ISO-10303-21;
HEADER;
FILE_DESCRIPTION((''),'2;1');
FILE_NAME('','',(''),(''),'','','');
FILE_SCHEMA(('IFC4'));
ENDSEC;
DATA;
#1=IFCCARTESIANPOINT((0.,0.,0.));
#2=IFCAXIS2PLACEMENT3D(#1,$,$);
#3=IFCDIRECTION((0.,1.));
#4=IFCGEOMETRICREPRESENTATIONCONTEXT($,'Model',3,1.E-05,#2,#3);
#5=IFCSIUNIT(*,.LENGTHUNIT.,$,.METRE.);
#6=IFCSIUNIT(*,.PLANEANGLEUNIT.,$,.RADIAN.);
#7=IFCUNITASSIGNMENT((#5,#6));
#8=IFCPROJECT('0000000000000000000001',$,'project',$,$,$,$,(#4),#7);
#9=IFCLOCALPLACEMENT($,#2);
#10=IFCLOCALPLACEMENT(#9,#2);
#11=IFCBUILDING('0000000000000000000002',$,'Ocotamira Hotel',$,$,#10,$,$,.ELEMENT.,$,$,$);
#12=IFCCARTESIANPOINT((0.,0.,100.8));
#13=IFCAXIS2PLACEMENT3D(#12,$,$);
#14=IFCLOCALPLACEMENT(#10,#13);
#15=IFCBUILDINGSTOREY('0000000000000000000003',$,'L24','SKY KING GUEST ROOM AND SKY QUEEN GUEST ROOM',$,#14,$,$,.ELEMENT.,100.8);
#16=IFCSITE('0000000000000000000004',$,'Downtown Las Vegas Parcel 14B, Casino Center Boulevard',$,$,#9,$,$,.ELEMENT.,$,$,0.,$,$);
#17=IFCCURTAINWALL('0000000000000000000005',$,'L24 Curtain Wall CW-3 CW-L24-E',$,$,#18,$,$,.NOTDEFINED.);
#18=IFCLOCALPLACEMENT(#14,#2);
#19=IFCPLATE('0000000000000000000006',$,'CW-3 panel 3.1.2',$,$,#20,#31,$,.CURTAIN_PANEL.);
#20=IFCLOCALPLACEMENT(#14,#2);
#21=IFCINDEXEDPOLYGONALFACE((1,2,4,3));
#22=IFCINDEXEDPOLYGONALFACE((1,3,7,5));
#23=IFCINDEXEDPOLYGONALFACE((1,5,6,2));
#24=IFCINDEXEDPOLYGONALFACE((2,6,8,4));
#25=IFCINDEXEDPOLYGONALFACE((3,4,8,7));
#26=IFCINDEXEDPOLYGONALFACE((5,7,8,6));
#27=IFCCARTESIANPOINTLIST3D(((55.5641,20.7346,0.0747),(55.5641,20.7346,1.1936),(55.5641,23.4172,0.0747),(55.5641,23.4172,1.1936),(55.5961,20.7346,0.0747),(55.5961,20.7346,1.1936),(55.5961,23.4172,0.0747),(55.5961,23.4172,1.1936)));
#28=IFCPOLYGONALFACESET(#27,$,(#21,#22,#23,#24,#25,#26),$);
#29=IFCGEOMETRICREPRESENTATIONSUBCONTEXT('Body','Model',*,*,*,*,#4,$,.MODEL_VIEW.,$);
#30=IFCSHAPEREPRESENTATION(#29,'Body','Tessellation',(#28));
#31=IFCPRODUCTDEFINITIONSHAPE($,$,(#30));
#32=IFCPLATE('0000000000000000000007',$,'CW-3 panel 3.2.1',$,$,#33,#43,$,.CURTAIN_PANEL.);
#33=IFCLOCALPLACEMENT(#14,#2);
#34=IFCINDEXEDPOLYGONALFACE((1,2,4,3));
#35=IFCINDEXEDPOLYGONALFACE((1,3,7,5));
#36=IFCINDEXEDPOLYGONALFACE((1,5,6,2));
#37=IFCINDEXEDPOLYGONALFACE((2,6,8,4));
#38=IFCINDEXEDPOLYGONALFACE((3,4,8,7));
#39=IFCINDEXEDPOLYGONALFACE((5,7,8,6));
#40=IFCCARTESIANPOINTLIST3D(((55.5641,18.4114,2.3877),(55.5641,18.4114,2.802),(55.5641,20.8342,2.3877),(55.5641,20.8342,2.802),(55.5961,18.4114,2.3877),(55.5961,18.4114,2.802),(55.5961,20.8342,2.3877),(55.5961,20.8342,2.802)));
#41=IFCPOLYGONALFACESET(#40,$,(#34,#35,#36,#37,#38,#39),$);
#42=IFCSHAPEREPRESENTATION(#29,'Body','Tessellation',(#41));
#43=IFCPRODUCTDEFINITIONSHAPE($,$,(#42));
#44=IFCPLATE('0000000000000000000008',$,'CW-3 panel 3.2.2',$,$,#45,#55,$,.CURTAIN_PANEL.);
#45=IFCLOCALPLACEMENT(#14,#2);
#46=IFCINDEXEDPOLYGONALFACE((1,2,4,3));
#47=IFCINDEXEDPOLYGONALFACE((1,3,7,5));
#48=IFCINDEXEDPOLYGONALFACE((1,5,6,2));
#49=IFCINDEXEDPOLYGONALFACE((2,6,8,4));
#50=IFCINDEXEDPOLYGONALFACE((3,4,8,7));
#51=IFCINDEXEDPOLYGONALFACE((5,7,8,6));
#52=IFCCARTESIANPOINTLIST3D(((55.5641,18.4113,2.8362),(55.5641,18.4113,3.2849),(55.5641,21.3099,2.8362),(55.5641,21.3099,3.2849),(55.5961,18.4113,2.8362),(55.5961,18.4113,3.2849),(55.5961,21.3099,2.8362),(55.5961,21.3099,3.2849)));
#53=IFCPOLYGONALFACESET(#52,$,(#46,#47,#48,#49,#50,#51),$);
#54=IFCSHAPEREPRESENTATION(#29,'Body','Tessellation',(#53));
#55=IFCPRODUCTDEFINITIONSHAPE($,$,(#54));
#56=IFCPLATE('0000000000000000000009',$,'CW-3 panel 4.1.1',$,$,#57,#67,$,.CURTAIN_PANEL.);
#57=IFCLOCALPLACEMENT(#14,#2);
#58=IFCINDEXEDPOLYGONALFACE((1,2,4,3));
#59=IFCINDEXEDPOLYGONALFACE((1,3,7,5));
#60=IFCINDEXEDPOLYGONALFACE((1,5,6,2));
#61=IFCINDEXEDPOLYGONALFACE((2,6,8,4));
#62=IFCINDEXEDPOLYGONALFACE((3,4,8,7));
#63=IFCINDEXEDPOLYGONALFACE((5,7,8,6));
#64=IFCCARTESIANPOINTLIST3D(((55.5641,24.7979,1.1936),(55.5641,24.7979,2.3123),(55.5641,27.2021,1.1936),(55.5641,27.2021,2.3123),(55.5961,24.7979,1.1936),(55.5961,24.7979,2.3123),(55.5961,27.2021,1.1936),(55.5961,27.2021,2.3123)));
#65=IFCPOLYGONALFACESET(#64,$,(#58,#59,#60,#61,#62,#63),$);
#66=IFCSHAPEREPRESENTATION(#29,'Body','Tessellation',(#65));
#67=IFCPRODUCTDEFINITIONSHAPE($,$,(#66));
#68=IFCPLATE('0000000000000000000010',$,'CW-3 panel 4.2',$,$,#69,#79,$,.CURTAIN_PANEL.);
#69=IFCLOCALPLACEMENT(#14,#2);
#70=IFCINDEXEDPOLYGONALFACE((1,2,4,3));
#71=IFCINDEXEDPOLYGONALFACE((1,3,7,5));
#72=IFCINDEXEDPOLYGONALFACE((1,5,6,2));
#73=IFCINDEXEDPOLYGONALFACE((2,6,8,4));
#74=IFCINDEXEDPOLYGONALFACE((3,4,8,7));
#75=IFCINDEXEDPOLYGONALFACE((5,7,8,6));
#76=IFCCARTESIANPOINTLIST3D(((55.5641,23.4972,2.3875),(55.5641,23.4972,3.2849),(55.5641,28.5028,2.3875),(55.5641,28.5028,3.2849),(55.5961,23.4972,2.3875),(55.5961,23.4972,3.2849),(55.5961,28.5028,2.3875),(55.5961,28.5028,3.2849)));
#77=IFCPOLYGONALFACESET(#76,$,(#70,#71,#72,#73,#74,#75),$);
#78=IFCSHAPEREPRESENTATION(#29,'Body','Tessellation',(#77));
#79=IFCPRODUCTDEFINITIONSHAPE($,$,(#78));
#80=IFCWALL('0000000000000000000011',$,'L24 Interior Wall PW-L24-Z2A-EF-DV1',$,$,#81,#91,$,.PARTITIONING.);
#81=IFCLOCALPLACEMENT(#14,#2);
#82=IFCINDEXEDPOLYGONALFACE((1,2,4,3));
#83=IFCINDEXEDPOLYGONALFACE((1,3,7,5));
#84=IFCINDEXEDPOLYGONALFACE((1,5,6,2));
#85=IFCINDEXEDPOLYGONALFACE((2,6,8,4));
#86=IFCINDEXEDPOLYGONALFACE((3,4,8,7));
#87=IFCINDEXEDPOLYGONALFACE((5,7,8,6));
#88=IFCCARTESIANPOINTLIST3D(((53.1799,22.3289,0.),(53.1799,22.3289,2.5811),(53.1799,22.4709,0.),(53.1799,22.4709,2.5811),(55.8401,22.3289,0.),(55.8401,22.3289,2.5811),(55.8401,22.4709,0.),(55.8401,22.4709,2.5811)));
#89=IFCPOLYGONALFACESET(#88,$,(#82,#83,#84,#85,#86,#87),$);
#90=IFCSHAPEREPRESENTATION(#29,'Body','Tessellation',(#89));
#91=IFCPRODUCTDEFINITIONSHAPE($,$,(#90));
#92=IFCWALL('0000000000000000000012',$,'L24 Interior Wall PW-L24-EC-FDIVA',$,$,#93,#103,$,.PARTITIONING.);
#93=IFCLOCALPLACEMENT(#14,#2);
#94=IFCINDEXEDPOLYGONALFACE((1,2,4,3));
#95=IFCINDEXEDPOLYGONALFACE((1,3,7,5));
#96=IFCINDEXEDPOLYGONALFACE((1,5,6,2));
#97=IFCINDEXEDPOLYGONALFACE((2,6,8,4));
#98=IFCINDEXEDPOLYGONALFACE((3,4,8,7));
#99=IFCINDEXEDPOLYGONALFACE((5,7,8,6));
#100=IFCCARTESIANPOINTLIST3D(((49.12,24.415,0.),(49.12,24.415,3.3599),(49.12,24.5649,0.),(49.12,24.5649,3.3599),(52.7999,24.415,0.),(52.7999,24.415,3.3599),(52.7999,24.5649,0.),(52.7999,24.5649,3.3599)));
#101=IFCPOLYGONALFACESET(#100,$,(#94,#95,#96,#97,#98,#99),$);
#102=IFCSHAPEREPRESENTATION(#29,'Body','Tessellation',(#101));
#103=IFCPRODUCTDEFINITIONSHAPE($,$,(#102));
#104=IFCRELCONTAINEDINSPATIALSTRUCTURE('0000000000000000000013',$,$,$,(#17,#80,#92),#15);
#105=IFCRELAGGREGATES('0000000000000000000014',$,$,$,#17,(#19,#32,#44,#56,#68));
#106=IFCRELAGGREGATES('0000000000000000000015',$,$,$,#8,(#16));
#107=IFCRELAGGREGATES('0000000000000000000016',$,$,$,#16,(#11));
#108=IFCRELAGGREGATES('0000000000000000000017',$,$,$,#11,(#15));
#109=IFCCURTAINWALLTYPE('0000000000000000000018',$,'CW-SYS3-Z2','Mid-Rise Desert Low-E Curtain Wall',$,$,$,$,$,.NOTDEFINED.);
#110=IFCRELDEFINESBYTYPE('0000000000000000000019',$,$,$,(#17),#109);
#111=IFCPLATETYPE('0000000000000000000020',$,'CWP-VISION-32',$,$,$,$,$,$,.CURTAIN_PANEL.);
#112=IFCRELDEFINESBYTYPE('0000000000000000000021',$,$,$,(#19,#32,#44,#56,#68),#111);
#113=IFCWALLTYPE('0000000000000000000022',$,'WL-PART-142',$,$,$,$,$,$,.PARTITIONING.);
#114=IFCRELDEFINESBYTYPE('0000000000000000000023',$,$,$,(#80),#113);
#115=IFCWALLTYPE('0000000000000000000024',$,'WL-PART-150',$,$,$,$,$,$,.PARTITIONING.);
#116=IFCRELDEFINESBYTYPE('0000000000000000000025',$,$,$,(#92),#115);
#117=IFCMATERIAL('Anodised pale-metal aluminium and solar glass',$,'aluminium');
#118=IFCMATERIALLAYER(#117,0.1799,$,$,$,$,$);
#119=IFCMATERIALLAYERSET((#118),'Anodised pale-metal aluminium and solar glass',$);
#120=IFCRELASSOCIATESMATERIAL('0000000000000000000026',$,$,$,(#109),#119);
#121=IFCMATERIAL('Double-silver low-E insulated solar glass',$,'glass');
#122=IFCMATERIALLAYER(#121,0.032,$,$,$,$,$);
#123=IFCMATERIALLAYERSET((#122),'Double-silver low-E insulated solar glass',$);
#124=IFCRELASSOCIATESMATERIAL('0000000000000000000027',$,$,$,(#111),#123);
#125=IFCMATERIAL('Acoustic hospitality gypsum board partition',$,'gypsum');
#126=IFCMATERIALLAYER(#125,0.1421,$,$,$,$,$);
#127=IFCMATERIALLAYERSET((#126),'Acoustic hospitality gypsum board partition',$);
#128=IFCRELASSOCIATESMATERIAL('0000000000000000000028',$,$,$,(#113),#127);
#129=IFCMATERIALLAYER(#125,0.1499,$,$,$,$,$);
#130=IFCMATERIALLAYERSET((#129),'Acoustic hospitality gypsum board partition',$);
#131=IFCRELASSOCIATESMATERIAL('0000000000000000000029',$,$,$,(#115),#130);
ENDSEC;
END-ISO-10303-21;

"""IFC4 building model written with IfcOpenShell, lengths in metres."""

from ifc_helpers import new_model, si_unit, direction, frame, frame_2d, origin, origin_2d, place, context, subcontext, project, spatial, rectangle, extrude, source, transform, mapped, material, layer, layer_set, type_object, element, aggregate, save


model = new_model("IFC4")

# Units and contexts
model_context = context("Model", 3, precision=1e-05, world=origin(), true_north=direction((0.0, 1.0)))
body_context = subcontext(model_context, "Body", "Model", "MODEL_VIEW")
ifc_project = project(units=[si_unit("LENGTHUNIT", "METRE"), si_unit("PLANEANGLEUNIT", "RADIAN")], contexts=[model_context])

# Site, building, storey
site_placement = place(None, origin())
site = spatial("IfcSite", under=ifc_project, at=site_placement, Name="Downtown Las Vegas Parcel 14B, Casino Center Boulevard", CompositionType="ELEMENT", RefElevation=0.0)
building_placement = place(site_placement, origin())
building = spatial("IfcBuilding", under=site, at=building_placement, Name="Ocotamira Hotel", CompositionType="ELEMENT")
storey_placement = place(building_placement, frame((0.0, 0.0, 100.8)))
storey = spatial("IfcBuildingStorey", under=building, at=storey_placement, Name="L24", Description="SKY KING GUEST ROOM AND SKY QUEEN GUEST ROOM", CompositionType="ELEMENT", Elevation=100.8)

# Curtain wall
ifc_material_1 = material(Name="Anodised pale-metal aluminium and solar glass", Category="aluminium")
ifc_layer_1 = layer(ifc_material_1, 0.1799)
ifc_layer_set_1 = layer_set([ifc_layer_1], Name="Anodised pale-metal aluminium and solar glass")
curtain_wall_type = type_object("IfcCurtainWallType", Name="CW-SYS3-Z2", Description="Mid-Rise Desert Low-E Curtain Wall", PredefinedType="NOTDEFINED", material=ifc_layer_set_1)
curtain_wall_placement = place(storey_placement, origin())
curtain_wall = element("IfcCurtainWall", 1, at=curtain_wall_placement, inside=storey, type_object=curtain_wall_type, Name="L24 Curtain Wall CW-3 CW-L24-E", PredefinedType="NOTDEFINED")

# Plates
ifc_material_2 = material(Name="Double-silver low-E insulated solar glass", Category="glass")
ifc_layer_2 = layer(ifc_material_2, 0.032)
ifc_layer_set_2 = layer_set([ifc_layer_2], Name="Double-silver low-E insulated solar glass")
plate_type_1 = type_object("IfcPlateType", Name="CWP-VISION-32", PredefinedType="CURTAIN_PANEL", material=ifc_layer_set_2)
shared_shape_1 = source(origin(), body_context, "Body", "SweptSolid", [
    extrude(rectangle(XDim=2.6826, YDim=0.032, at=origin_2d()), origin(), (0.0, 0.0, 1.0), 1.1189),
])
plate_1_placement = place(storey_placement, frame((55.5801, 22.0759, 0.0747), z_axis=(0.0, 0.0, 1.0), x_axis=(0.0, 1.0, 0.0)))
plate_1 = element("IfcPlate", 2, at=plate_1_placement, type_object=plate_type_1, Name="CW-3 panel 3.1.2", PredefinedType="CURTAIN_PANEL", context=body_context, shape_type="MappedRepresentation", body=[
    mapped(shared_shape_1, transform((0.0, 0.0, 0.0), scale=1.0)),
])
shared_shape_2 = source(origin(), body_context, "Body", "SweptSolid", [
    extrude(rectangle(XDim=2.4229, YDim=0.032, at=origin_2d()), origin(), (0.0, 0.0, 1.0), 0.4143),
])
plate_2_placement = place(storey_placement, frame((55.5801, 19.6228, 2.3877), z_axis=(0.0, 0.0, 1.0), x_axis=(0.0, 1.0, 0.0)))
plate_2 = element("IfcPlate", 3, at=plate_2_placement, type_object=plate_type_1, Name="CW-3 panel 3.2.1", PredefinedType="CURTAIN_PANEL", context=body_context, shape_type="MappedRepresentation", body=[
    mapped(shared_shape_2, transform((0.0, 0.0, 0.0), scale=1.0)),
])
shared_shape_3 = source(origin(), body_context, "Body", "SweptSolid", [
    extrude(rectangle(XDim=2.8987, YDim=0.032, at=origin_2d()), origin(), (0.0, 0.0, 1.0), 0.4487),
])
plate_3_placement = place(storey_placement, frame((55.5801, 19.8606, 2.8362), z_axis=(0.0, 0.0, 1.0), x_axis=(0.0, 1.0, 0.0)))
plate_3 = element("IfcPlate", 4, at=plate_3_placement, type_object=plate_type_1, Name="CW-3 panel 3.2.2", PredefinedType="CURTAIN_PANEL", context=body_context, shape_type="MappedRepresentation", body=[
    mapped(shared_shape_3, transform((0.0, 0.0, 0.0), scale=1.0)),
])
shared_shape_4 = source(origin(), body_context, "Body", "SweptSolid", [
    extrude(rectangle(XDim=2.4043, YDim=0.032, at=origin_2d()), origin(), (0.0, 0.0, 1.0), 1.1187),
])
plate_4_placement = place(storey_placement, frame((55.5801, 26.0, 1.1936), z_axis=(0.0, 0.0, 1.0), x_axis=(0.0, 1.0, 0.0)))
plate_4 = element("IfcPlate", 5, at=plate_4_placement, type_object=plate_type_1, Name="CW-3 panel 4.1.1", PredefinedType="CURTAIN_PANEL", context=body_context, shape_type="MappedRepresentation", body=[
    mapped(shared_shape_4, transform((0.0, 0.0, 0.0), scale=1.0)),
])
shared_shape_5 = source(origin(), body_context, "Body", "SweptSolid", [
    extrude(rectangle(XDim=5.0056, YDim=0.032, at=origin_2d()), origin(), (0.0, 0.0, 1.0), 0.8975),
])
plate_5_placement = place(storey_placement, frame((55.5801, 26.0, 2.3875), z_axis=(0.0, 0.0, 1.0), x_axis=(0.0, 1.0, 0.0)))
plate_5 = element("IfcPlate", 6, at=plate_5_placement, type_object=plate_type_1, Name="CW-3 panel 4.2", PredefinedType="CURTAIN_PANEL", context=body_context, shape_type="MappedRepresentation", body=[
    mapped(shared_shape_5, transform((0.0, 0.0, 0.0), scale=1.0)),
])
aggregate(curtain_wall, [plate_1, plate_2, plate_3, plate_4, plate_5])

# Walls
ifc_material_3 = material(Name="Acoustic hospitality gypsum board partition", Category="gypsum")
ifc_layer_3 = layer(ifc_material_3, 0.1421)
ifc_layer_set_3 = layer_set([ifc_layer_3], Name="Acoustic hospitality gypsum board partition")
wall_type_1 = type_object("IfcWallType", Name="WL-PART-142", PredefinedType="PARTITIONING", material=ifc_layer_set_3)
wall_1_placement = place(storey_placement, frame((53.1799, 22.3999, 0.0), z_axis=(0.0, 0.0, 1.0), x_axis=(1.0, 0.0, 0.0)))
element("IfcWall", 7, at=wall_1_placement, inside=storey, type_object=wall_type_1, Name="L24 Interior Wall PW-L24-Z2A-EF-DV1", PredefinedType="PARTITIONING", context=body_context, shape_type="SweptSolid", body=[
    extrude(rectangle(XDim=2.6602, YDim=0.1421, at=frame_2d((1.3301, 0.0))), origin(), (0.0, 0.0, 1.0), 2.5811),
])
ifc_layer_4 = layer(ifc_material_3, 0.1499)
ifc_layer_set_4 = layer_set([ifc_layer_4], Name="Acoustic hospitality gypsum board partition")
wall_type_2 = type_object("IfcWallType", Name="WL-PART-150", PredefinedType="PARTITIONING", material=ifc_layer_set_4)
wall_2_placement = place(storey_placement, frame((49.1201, 24.49, 0.0), z_axis=(0.0, 0.0, 1.0), x_axis=(1.0, 0.0, 0.0)))
element("IfcWall", 8, at=wall_2_placement, inside=storey, type_object=wall_type_2, Name="L24 Interior Wall PW-L24-EC-FDIVA", PredefinedType="PARTITIONING", context=body_context, shape_type="SweptSolid", body=[
    extrude(rectangle(XDim=3.6799, YDim=0.1499, at=frame_2d((1.8398, 0.0))), origin(), (0.0, 0.0, 1.0), 3.3599),
])

save(model, "model.ifc")
